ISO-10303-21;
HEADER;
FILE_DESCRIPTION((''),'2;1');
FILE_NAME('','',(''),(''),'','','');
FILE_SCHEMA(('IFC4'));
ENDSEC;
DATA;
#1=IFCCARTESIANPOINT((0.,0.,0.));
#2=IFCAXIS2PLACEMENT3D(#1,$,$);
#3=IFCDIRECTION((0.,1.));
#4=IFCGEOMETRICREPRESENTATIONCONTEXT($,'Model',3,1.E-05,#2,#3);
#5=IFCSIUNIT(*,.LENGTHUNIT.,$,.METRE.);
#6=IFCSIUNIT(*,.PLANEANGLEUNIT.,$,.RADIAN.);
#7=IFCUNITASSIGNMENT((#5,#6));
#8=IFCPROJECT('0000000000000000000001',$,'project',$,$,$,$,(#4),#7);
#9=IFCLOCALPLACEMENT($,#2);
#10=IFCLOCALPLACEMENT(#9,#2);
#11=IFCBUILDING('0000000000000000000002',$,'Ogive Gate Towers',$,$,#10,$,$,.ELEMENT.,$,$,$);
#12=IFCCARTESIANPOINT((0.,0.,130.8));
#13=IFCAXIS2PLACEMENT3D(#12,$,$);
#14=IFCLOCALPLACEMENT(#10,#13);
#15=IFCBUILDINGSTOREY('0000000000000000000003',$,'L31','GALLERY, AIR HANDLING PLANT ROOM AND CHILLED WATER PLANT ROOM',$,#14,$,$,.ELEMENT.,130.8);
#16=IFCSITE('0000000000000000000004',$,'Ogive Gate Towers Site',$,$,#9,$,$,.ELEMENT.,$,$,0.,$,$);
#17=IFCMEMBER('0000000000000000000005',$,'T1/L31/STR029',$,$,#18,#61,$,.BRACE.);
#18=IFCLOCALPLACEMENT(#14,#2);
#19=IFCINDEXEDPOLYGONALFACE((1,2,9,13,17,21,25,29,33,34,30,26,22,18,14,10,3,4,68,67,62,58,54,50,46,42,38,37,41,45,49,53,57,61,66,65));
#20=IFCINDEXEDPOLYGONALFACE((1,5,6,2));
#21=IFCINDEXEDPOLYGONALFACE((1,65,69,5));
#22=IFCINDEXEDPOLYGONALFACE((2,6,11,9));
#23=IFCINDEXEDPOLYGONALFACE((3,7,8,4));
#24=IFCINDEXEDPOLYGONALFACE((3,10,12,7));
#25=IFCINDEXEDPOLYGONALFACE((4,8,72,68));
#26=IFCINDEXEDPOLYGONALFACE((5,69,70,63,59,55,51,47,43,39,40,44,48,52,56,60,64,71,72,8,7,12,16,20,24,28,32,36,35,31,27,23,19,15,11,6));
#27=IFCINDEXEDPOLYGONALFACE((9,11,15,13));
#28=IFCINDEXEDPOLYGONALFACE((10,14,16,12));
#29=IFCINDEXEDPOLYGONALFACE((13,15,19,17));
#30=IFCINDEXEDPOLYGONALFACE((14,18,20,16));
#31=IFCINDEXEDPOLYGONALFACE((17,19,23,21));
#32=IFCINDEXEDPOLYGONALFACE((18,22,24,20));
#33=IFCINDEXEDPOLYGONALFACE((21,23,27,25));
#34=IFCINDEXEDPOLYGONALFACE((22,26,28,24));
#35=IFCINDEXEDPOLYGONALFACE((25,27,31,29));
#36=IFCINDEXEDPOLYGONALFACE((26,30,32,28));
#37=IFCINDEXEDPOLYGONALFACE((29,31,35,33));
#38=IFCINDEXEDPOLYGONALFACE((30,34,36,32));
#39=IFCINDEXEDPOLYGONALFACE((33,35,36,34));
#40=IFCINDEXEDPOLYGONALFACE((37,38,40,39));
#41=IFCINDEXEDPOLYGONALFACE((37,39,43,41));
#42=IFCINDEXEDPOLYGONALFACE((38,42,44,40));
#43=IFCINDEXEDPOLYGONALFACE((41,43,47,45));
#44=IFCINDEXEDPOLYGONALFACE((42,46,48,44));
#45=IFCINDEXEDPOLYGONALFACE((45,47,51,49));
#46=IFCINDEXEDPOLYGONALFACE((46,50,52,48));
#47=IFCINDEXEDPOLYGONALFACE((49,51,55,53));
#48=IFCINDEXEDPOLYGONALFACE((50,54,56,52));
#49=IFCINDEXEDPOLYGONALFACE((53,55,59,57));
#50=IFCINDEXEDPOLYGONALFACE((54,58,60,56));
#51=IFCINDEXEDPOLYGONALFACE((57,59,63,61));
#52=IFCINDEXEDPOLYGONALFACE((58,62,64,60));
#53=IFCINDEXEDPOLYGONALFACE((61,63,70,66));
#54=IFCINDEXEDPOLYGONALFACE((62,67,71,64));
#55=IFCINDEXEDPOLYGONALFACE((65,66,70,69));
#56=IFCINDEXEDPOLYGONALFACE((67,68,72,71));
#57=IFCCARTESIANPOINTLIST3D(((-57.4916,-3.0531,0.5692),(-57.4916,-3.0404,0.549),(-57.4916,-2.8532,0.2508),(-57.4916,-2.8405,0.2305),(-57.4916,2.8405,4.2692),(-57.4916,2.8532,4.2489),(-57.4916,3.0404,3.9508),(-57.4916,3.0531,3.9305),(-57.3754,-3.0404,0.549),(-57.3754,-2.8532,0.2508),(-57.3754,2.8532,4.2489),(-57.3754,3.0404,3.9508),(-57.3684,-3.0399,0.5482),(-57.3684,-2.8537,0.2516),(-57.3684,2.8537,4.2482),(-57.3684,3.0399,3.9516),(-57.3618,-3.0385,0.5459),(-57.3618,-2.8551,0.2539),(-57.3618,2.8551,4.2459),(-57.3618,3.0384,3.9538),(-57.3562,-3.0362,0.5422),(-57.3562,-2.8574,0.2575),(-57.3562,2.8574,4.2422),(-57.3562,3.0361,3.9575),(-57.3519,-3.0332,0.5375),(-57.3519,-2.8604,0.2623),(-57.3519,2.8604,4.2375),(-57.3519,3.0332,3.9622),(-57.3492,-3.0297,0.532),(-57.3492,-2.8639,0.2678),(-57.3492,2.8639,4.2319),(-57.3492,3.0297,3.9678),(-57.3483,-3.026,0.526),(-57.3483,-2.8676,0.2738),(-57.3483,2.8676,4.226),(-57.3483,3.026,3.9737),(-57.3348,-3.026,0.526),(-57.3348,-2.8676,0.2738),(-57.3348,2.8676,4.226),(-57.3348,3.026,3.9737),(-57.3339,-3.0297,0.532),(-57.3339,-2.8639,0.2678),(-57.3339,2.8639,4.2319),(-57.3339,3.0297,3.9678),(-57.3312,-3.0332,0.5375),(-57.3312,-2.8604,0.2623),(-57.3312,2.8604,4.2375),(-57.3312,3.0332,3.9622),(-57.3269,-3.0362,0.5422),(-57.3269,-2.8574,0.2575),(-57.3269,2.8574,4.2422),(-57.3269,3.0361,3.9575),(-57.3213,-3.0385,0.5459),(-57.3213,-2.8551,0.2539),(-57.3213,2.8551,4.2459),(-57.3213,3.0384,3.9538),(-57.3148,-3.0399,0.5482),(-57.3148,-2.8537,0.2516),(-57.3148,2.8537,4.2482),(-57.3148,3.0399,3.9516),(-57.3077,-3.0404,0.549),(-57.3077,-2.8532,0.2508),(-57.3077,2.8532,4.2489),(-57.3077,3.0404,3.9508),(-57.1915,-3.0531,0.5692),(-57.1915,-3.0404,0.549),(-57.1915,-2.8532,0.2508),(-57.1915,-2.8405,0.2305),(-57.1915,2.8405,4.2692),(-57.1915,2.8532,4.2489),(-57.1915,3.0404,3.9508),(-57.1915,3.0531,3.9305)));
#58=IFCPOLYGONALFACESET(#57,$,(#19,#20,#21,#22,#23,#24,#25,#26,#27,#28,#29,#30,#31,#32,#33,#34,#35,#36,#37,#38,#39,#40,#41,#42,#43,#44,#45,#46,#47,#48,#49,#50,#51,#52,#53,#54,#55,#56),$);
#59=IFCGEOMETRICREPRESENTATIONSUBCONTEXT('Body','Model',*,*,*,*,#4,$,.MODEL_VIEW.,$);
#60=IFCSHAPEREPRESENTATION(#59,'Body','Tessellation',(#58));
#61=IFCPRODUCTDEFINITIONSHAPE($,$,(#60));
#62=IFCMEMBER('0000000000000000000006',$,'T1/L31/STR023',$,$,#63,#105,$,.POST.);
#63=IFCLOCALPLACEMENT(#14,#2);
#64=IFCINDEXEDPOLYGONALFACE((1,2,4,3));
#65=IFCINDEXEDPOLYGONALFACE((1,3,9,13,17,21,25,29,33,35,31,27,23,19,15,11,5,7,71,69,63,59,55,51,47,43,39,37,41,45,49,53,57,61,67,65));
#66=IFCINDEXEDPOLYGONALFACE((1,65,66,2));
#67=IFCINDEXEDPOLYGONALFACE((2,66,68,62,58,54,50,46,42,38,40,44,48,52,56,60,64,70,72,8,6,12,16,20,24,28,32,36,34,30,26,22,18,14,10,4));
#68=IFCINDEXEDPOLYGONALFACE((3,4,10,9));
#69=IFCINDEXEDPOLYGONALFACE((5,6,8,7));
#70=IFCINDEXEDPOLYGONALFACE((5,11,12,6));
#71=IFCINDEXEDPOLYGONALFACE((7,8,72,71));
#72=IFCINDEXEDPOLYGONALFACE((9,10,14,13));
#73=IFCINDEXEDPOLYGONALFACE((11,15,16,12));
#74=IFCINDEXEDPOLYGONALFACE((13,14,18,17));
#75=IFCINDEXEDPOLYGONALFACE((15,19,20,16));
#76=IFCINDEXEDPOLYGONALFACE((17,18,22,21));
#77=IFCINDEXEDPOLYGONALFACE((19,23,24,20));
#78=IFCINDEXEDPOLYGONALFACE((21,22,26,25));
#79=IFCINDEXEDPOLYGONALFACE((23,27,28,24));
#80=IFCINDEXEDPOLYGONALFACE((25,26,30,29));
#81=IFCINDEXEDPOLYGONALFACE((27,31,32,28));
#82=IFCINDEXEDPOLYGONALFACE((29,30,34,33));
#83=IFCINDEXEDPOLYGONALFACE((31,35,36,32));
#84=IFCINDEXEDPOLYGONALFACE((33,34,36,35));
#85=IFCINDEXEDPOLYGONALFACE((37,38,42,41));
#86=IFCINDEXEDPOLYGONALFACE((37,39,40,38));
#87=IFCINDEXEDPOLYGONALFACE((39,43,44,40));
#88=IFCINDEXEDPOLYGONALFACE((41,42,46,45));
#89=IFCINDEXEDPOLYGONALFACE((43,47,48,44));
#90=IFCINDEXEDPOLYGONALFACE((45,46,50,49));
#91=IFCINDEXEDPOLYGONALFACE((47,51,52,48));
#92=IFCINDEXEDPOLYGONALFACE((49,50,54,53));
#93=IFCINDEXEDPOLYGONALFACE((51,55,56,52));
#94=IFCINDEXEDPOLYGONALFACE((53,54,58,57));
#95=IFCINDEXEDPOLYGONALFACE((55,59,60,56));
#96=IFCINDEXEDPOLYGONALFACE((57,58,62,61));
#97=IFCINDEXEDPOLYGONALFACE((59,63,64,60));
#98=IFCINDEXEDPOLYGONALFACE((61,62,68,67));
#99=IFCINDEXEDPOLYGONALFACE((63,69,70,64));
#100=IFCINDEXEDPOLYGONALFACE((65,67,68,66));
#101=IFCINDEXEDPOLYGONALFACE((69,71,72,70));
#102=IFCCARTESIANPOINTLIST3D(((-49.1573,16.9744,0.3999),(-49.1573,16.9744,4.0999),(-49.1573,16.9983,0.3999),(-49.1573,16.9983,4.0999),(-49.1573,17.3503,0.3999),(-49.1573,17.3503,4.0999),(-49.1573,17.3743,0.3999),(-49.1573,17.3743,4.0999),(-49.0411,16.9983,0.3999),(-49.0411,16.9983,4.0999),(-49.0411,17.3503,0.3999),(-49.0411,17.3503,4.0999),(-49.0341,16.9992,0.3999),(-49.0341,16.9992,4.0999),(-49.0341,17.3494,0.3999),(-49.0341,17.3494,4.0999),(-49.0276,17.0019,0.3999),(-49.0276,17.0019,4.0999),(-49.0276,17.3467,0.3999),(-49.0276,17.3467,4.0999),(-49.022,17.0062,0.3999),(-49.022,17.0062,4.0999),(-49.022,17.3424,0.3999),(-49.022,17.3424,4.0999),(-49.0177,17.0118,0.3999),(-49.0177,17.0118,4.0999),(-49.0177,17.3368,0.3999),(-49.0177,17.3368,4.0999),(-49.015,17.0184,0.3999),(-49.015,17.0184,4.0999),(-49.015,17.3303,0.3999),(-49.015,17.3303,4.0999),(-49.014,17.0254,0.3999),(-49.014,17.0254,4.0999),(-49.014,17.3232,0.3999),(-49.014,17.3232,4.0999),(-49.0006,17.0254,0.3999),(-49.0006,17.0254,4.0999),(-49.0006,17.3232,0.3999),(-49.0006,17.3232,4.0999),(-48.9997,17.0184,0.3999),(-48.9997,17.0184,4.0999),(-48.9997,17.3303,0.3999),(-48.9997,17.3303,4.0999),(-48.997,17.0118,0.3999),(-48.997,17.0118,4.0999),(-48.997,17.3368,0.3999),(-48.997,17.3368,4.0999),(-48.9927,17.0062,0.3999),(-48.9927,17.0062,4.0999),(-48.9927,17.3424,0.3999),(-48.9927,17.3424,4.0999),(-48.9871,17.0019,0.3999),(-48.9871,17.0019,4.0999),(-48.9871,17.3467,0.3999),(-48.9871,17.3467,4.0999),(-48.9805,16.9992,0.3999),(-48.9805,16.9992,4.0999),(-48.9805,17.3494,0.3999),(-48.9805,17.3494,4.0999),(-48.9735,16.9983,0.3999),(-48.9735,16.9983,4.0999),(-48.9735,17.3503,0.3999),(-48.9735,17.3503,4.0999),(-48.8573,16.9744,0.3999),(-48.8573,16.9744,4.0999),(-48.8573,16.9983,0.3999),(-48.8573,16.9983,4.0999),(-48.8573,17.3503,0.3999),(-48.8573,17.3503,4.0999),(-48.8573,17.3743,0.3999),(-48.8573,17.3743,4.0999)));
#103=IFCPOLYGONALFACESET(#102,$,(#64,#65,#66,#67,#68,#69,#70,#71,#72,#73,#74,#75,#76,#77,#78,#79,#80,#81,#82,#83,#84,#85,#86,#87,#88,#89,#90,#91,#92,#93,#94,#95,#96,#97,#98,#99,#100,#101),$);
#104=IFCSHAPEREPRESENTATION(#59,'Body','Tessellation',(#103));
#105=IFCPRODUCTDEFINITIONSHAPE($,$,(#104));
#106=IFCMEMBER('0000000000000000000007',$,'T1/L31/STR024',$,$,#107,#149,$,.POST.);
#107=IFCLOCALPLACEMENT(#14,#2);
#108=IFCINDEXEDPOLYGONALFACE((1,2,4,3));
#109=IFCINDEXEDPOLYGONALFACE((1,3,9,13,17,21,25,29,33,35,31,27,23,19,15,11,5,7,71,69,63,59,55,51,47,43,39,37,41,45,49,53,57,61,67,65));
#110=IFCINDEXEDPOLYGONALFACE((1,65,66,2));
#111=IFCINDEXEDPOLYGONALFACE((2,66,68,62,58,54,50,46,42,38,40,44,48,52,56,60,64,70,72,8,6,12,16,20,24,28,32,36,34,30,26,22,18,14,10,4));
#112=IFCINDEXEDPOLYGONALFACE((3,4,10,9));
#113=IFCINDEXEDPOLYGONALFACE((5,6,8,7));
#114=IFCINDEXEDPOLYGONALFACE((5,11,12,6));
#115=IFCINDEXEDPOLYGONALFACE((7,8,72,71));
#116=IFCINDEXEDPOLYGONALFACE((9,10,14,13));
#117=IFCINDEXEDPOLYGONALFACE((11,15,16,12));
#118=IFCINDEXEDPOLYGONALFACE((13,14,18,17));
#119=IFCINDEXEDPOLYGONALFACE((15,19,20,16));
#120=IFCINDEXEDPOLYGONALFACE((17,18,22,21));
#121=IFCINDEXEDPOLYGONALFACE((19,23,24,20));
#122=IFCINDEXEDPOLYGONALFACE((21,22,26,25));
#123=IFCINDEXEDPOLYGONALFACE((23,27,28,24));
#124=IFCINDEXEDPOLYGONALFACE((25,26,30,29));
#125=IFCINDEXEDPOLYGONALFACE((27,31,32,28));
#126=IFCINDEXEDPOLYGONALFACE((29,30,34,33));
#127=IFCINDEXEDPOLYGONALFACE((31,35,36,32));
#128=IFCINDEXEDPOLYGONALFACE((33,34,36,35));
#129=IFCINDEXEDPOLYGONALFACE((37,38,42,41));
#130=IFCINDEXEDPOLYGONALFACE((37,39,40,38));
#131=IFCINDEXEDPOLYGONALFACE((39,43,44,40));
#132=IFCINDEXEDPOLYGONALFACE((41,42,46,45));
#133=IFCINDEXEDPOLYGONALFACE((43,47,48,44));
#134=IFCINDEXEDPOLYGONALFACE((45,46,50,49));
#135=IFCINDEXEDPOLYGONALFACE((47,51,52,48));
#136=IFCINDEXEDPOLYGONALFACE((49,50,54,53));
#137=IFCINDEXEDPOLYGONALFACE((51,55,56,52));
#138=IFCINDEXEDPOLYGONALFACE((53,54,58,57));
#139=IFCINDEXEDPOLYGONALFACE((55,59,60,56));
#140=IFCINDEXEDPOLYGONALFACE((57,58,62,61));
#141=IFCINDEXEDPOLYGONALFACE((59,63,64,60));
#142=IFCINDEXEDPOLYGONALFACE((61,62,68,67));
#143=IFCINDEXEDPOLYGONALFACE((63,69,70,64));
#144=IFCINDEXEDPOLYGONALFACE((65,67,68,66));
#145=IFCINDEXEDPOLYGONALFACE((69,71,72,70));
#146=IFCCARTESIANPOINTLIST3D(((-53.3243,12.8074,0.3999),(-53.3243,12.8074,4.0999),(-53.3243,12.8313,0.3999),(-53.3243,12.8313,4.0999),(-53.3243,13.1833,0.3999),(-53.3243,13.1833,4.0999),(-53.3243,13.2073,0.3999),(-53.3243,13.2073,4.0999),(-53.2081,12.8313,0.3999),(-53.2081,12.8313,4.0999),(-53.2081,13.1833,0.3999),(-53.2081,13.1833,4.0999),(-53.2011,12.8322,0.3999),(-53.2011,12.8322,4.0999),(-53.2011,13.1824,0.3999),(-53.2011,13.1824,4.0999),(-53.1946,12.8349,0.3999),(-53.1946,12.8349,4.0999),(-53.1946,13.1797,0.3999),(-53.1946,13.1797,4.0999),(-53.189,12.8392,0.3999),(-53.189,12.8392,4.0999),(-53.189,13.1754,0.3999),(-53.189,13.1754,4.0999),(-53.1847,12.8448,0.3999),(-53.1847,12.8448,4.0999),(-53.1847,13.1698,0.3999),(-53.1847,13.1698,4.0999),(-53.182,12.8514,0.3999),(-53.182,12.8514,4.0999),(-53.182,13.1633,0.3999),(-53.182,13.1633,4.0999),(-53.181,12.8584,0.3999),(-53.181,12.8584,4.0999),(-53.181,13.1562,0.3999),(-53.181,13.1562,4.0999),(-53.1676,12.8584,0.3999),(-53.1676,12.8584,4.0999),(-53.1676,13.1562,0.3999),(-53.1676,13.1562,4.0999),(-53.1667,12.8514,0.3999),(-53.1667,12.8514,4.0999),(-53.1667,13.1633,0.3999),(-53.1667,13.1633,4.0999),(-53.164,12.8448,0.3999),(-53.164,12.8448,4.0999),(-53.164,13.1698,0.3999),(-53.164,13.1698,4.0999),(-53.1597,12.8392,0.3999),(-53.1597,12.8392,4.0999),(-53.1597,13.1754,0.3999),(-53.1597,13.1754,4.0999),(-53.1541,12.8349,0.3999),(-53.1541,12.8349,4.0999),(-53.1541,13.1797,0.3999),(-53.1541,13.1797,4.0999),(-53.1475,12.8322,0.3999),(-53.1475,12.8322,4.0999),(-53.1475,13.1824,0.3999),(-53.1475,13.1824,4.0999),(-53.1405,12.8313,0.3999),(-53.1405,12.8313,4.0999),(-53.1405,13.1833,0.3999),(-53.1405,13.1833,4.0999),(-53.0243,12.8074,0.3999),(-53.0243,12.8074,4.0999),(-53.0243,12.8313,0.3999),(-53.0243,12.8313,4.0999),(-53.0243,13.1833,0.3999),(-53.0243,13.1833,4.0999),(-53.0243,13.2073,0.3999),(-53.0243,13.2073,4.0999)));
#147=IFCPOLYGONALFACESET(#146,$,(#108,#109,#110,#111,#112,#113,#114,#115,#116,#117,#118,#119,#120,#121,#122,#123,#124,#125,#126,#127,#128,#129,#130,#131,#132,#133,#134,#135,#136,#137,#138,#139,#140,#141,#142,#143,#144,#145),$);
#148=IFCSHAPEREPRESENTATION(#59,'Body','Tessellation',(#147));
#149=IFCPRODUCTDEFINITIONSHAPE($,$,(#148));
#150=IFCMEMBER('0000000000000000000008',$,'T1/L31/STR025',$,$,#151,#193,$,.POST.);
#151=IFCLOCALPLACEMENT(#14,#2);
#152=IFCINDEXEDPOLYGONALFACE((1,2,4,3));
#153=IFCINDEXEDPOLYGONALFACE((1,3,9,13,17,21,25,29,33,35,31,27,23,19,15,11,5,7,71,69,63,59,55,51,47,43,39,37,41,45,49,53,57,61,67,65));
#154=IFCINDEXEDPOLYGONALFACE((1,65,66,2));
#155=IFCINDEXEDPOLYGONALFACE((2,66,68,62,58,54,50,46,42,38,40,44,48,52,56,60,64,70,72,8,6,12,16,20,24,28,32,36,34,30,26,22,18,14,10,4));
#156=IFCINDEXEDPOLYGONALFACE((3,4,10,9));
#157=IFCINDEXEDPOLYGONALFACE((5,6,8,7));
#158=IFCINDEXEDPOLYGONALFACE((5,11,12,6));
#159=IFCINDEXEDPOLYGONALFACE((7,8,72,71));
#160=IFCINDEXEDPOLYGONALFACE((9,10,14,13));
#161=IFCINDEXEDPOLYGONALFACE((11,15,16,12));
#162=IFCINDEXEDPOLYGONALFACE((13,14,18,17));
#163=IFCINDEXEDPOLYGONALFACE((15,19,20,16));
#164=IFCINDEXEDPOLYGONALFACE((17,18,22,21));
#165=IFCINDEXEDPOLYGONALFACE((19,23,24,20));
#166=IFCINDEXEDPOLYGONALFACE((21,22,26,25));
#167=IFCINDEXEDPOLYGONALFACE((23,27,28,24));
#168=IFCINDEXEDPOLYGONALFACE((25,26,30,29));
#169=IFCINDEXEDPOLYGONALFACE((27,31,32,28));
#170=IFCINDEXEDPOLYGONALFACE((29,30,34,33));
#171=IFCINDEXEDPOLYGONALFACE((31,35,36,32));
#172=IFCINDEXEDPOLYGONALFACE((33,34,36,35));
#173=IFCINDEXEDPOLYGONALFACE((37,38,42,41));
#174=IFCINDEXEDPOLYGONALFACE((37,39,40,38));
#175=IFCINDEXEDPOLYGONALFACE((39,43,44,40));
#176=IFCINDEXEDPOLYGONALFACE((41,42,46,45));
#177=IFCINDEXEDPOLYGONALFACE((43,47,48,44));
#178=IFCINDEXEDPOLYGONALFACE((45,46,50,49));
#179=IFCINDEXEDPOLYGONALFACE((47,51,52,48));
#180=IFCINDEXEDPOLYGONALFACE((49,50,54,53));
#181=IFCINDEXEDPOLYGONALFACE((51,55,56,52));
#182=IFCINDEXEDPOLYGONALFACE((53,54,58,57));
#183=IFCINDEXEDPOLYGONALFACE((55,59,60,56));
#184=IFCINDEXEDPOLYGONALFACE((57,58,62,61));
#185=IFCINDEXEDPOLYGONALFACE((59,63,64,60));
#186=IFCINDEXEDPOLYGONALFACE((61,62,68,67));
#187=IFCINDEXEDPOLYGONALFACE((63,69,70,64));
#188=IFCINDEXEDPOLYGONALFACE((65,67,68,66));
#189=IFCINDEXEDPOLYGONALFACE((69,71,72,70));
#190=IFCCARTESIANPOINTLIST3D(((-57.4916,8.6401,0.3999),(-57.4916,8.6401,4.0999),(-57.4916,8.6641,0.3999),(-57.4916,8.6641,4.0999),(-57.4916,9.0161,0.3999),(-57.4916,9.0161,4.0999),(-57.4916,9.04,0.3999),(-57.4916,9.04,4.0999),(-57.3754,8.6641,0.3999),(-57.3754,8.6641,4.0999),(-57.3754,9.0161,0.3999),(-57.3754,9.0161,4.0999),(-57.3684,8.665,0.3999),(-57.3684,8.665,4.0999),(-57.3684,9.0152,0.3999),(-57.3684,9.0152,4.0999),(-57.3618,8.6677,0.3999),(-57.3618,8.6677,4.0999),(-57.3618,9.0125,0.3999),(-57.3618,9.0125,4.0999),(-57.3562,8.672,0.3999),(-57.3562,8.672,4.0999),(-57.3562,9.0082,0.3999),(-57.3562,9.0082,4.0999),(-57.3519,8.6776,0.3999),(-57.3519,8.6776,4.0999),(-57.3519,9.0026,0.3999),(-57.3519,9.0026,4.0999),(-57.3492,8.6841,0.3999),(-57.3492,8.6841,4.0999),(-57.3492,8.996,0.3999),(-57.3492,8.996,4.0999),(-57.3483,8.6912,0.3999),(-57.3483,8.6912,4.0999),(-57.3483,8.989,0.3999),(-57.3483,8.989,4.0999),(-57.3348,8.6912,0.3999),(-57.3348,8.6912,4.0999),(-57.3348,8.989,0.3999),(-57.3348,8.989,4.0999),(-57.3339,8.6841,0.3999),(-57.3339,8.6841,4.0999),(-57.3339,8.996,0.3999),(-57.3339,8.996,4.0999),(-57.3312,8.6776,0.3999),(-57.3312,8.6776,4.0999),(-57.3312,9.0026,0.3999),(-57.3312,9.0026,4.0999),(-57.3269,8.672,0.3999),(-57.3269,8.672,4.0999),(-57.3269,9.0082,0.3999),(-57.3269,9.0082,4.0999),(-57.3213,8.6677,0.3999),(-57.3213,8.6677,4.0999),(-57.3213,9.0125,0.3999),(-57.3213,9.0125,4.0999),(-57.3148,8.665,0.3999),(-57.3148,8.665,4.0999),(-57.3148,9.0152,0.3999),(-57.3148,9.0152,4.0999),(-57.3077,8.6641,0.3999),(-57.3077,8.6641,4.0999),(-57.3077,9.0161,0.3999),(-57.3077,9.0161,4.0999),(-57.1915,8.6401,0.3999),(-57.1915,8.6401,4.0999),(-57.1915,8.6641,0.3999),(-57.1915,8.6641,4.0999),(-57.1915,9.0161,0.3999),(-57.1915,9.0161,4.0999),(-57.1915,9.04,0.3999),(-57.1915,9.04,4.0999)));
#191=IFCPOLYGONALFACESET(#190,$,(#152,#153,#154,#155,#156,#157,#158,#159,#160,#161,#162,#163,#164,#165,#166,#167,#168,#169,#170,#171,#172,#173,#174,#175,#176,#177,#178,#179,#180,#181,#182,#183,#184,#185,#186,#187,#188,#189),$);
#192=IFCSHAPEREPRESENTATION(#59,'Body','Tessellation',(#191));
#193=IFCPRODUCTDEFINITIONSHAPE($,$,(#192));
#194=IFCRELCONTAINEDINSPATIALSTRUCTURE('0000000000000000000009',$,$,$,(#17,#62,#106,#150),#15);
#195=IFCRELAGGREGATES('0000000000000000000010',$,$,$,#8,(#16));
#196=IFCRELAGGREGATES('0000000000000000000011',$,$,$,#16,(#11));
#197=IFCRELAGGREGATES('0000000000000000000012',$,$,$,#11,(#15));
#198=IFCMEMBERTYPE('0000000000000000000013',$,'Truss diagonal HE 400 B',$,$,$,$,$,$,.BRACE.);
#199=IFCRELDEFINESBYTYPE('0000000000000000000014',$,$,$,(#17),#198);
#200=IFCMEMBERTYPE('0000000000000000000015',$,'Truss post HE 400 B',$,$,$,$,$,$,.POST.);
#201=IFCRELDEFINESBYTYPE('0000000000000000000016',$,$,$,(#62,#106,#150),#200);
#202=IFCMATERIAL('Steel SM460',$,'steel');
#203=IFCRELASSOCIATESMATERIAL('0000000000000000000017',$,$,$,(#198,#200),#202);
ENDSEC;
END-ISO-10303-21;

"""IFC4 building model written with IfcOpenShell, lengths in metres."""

from ifc_helpers import new_model, si_unit, direction, frame, origin, origin_2d, place, context, subcontext, project, spatial, i_section, extrude, material, material_profile, profile_set, type_object, element, save


model = new_model("IFC4")

# Units and contexts
model_context = context("Model", 3, precision=1e-05, world=origin(), true_north=direction((0.0, 1.0)))
body_context = subcontext(model_context, "Body", "Model", "MODEL_VIEW")
ifc_project = project(units=[si_unit("LENGTHUNIT", "METRE"), si_unit("PLANEANGLEUNIT", "RADIAN")], contexts=[model_context])

# Site, building, storey
site_placement = place(None, origin())
site = spatial("IfcSite", under=ifc_project, at=site_placement, Name="Ogive Gate Towers Site", CompositionType="ELEMENT", RefElevation=0.0)
building_placement = place(site_placement, origin())
building = spatial("IfcBuilding", under=site, at=building_placement, Name="Ogive Gate Towers", CompositionType="ELEMENT")
storey_placement = place(building_placement, frame((0.0, 0.0, 130.8)))
storey = spatial("IfcBuildingStorey", under=building, at=storey_placement, Name="L31", Description="GALLERY, AIR HANDLING PLANT ROOM AND CHILLED WATER PLANT ROOM", CompositionType="ELEMENT", Elevation=130.8)

# Shared definitions
ifc_material_1 = material(Name="Steel SM460", Category="steel")

# Members
ifc_material_profile_1 = material_profile(ifc_material_1, i_section(OverallWidth=0.3, OverallDepth=0.3999, WebThickness=0.0134, FlangeThickness=0.0239, FilletRadius=0.0271, at=origin_2d()), Name="HE 400 B")
ifc_profile_set_1 = profile_set([ifc_material_profile_1], Name="Steel SM460")
member_type_1 = type_object("IfcMemberType", Name="Truss diagonal HE 400 B", PredefinedType="BRACE", material=ifc_profile_set_1)
member_1_placement = place(storey_placement, frame((-57.3416, 2.9468, 4.0999), z_axis=(0.0, -0.846932, -0.531701), x_axis=(1.0, 0.0, 0.0)))
element("IfcMember", 1, at=member_1_placement, inside=storey, type_object=member_type_1, Name="T1/L31/STR029", PredefinedType="BRACE", context=body_context, shape_type="SweptSolid", body=[
    extrude(i_section(OverallWidth=0.3, OverallDepth=0.3999, WebThickness=0.0134, FlangeThickness=0.0239, FilletRadius=0.0271, at=origin_2d()), origin(), (0.0, 0.0, 1.0), 6.9587),
])
ifc_material_profile_2 = material_profile(ifc_material_1, i_section(OverallWidth=0.3, OverallDepth=0.3999, WebThickness=0.0134, FlangeThickness=0.0239, FilletRadius=0.0271, at=origin_2d()), Name="HE 400 B")
ifc_profile_set_2 = profile_set([ifc_material_profile_2], Name="Steel SM460")
member_type_2 = type_object("IfcMemberType", Name="Truss post HE 400 B", PredefinedType="POST", material=ifc_profile_set_2)
for number, where, z_axis, x_axis, name in (
    (2, (-49.0073, 17.1743, 0.3999), (0.0, 0.0, 1.0), (1.0, 0.0, 0.0), "T1/L31/STR023"),
    (3, (-53.1743, 13.0073, 0.3999), (0.0, 0.0, 1.0), (1.0, 0.0, 0.0), "T1/L31/STR024"),
    (4, (-57.3416, 8.8401, 0.3999), (0.0, 0.0, 1.0), (1.0, 0.0, 0.0), "T1/L31/STR025"),
):
    element("IfcMember", number, at=place(storey_placement, frame(where, z_axis=z_axis, x_axis=x_axis)), inside=storey, type_object=member_type_2, Name=name, PredefinedType="POST", context=body_context, shape_type="SweptSolid", body=[
        extrude(i_section(OverallWidth=0.3, OverallDepth=0.3999, WebThickness=0.0134, FlangeThickness=0.0239, FilletRadius=0.0271, at=origin_2d()), origin(), (0.0, 0.0, 1.0), 3.7),
    ])

save(model, "model.ifc")
